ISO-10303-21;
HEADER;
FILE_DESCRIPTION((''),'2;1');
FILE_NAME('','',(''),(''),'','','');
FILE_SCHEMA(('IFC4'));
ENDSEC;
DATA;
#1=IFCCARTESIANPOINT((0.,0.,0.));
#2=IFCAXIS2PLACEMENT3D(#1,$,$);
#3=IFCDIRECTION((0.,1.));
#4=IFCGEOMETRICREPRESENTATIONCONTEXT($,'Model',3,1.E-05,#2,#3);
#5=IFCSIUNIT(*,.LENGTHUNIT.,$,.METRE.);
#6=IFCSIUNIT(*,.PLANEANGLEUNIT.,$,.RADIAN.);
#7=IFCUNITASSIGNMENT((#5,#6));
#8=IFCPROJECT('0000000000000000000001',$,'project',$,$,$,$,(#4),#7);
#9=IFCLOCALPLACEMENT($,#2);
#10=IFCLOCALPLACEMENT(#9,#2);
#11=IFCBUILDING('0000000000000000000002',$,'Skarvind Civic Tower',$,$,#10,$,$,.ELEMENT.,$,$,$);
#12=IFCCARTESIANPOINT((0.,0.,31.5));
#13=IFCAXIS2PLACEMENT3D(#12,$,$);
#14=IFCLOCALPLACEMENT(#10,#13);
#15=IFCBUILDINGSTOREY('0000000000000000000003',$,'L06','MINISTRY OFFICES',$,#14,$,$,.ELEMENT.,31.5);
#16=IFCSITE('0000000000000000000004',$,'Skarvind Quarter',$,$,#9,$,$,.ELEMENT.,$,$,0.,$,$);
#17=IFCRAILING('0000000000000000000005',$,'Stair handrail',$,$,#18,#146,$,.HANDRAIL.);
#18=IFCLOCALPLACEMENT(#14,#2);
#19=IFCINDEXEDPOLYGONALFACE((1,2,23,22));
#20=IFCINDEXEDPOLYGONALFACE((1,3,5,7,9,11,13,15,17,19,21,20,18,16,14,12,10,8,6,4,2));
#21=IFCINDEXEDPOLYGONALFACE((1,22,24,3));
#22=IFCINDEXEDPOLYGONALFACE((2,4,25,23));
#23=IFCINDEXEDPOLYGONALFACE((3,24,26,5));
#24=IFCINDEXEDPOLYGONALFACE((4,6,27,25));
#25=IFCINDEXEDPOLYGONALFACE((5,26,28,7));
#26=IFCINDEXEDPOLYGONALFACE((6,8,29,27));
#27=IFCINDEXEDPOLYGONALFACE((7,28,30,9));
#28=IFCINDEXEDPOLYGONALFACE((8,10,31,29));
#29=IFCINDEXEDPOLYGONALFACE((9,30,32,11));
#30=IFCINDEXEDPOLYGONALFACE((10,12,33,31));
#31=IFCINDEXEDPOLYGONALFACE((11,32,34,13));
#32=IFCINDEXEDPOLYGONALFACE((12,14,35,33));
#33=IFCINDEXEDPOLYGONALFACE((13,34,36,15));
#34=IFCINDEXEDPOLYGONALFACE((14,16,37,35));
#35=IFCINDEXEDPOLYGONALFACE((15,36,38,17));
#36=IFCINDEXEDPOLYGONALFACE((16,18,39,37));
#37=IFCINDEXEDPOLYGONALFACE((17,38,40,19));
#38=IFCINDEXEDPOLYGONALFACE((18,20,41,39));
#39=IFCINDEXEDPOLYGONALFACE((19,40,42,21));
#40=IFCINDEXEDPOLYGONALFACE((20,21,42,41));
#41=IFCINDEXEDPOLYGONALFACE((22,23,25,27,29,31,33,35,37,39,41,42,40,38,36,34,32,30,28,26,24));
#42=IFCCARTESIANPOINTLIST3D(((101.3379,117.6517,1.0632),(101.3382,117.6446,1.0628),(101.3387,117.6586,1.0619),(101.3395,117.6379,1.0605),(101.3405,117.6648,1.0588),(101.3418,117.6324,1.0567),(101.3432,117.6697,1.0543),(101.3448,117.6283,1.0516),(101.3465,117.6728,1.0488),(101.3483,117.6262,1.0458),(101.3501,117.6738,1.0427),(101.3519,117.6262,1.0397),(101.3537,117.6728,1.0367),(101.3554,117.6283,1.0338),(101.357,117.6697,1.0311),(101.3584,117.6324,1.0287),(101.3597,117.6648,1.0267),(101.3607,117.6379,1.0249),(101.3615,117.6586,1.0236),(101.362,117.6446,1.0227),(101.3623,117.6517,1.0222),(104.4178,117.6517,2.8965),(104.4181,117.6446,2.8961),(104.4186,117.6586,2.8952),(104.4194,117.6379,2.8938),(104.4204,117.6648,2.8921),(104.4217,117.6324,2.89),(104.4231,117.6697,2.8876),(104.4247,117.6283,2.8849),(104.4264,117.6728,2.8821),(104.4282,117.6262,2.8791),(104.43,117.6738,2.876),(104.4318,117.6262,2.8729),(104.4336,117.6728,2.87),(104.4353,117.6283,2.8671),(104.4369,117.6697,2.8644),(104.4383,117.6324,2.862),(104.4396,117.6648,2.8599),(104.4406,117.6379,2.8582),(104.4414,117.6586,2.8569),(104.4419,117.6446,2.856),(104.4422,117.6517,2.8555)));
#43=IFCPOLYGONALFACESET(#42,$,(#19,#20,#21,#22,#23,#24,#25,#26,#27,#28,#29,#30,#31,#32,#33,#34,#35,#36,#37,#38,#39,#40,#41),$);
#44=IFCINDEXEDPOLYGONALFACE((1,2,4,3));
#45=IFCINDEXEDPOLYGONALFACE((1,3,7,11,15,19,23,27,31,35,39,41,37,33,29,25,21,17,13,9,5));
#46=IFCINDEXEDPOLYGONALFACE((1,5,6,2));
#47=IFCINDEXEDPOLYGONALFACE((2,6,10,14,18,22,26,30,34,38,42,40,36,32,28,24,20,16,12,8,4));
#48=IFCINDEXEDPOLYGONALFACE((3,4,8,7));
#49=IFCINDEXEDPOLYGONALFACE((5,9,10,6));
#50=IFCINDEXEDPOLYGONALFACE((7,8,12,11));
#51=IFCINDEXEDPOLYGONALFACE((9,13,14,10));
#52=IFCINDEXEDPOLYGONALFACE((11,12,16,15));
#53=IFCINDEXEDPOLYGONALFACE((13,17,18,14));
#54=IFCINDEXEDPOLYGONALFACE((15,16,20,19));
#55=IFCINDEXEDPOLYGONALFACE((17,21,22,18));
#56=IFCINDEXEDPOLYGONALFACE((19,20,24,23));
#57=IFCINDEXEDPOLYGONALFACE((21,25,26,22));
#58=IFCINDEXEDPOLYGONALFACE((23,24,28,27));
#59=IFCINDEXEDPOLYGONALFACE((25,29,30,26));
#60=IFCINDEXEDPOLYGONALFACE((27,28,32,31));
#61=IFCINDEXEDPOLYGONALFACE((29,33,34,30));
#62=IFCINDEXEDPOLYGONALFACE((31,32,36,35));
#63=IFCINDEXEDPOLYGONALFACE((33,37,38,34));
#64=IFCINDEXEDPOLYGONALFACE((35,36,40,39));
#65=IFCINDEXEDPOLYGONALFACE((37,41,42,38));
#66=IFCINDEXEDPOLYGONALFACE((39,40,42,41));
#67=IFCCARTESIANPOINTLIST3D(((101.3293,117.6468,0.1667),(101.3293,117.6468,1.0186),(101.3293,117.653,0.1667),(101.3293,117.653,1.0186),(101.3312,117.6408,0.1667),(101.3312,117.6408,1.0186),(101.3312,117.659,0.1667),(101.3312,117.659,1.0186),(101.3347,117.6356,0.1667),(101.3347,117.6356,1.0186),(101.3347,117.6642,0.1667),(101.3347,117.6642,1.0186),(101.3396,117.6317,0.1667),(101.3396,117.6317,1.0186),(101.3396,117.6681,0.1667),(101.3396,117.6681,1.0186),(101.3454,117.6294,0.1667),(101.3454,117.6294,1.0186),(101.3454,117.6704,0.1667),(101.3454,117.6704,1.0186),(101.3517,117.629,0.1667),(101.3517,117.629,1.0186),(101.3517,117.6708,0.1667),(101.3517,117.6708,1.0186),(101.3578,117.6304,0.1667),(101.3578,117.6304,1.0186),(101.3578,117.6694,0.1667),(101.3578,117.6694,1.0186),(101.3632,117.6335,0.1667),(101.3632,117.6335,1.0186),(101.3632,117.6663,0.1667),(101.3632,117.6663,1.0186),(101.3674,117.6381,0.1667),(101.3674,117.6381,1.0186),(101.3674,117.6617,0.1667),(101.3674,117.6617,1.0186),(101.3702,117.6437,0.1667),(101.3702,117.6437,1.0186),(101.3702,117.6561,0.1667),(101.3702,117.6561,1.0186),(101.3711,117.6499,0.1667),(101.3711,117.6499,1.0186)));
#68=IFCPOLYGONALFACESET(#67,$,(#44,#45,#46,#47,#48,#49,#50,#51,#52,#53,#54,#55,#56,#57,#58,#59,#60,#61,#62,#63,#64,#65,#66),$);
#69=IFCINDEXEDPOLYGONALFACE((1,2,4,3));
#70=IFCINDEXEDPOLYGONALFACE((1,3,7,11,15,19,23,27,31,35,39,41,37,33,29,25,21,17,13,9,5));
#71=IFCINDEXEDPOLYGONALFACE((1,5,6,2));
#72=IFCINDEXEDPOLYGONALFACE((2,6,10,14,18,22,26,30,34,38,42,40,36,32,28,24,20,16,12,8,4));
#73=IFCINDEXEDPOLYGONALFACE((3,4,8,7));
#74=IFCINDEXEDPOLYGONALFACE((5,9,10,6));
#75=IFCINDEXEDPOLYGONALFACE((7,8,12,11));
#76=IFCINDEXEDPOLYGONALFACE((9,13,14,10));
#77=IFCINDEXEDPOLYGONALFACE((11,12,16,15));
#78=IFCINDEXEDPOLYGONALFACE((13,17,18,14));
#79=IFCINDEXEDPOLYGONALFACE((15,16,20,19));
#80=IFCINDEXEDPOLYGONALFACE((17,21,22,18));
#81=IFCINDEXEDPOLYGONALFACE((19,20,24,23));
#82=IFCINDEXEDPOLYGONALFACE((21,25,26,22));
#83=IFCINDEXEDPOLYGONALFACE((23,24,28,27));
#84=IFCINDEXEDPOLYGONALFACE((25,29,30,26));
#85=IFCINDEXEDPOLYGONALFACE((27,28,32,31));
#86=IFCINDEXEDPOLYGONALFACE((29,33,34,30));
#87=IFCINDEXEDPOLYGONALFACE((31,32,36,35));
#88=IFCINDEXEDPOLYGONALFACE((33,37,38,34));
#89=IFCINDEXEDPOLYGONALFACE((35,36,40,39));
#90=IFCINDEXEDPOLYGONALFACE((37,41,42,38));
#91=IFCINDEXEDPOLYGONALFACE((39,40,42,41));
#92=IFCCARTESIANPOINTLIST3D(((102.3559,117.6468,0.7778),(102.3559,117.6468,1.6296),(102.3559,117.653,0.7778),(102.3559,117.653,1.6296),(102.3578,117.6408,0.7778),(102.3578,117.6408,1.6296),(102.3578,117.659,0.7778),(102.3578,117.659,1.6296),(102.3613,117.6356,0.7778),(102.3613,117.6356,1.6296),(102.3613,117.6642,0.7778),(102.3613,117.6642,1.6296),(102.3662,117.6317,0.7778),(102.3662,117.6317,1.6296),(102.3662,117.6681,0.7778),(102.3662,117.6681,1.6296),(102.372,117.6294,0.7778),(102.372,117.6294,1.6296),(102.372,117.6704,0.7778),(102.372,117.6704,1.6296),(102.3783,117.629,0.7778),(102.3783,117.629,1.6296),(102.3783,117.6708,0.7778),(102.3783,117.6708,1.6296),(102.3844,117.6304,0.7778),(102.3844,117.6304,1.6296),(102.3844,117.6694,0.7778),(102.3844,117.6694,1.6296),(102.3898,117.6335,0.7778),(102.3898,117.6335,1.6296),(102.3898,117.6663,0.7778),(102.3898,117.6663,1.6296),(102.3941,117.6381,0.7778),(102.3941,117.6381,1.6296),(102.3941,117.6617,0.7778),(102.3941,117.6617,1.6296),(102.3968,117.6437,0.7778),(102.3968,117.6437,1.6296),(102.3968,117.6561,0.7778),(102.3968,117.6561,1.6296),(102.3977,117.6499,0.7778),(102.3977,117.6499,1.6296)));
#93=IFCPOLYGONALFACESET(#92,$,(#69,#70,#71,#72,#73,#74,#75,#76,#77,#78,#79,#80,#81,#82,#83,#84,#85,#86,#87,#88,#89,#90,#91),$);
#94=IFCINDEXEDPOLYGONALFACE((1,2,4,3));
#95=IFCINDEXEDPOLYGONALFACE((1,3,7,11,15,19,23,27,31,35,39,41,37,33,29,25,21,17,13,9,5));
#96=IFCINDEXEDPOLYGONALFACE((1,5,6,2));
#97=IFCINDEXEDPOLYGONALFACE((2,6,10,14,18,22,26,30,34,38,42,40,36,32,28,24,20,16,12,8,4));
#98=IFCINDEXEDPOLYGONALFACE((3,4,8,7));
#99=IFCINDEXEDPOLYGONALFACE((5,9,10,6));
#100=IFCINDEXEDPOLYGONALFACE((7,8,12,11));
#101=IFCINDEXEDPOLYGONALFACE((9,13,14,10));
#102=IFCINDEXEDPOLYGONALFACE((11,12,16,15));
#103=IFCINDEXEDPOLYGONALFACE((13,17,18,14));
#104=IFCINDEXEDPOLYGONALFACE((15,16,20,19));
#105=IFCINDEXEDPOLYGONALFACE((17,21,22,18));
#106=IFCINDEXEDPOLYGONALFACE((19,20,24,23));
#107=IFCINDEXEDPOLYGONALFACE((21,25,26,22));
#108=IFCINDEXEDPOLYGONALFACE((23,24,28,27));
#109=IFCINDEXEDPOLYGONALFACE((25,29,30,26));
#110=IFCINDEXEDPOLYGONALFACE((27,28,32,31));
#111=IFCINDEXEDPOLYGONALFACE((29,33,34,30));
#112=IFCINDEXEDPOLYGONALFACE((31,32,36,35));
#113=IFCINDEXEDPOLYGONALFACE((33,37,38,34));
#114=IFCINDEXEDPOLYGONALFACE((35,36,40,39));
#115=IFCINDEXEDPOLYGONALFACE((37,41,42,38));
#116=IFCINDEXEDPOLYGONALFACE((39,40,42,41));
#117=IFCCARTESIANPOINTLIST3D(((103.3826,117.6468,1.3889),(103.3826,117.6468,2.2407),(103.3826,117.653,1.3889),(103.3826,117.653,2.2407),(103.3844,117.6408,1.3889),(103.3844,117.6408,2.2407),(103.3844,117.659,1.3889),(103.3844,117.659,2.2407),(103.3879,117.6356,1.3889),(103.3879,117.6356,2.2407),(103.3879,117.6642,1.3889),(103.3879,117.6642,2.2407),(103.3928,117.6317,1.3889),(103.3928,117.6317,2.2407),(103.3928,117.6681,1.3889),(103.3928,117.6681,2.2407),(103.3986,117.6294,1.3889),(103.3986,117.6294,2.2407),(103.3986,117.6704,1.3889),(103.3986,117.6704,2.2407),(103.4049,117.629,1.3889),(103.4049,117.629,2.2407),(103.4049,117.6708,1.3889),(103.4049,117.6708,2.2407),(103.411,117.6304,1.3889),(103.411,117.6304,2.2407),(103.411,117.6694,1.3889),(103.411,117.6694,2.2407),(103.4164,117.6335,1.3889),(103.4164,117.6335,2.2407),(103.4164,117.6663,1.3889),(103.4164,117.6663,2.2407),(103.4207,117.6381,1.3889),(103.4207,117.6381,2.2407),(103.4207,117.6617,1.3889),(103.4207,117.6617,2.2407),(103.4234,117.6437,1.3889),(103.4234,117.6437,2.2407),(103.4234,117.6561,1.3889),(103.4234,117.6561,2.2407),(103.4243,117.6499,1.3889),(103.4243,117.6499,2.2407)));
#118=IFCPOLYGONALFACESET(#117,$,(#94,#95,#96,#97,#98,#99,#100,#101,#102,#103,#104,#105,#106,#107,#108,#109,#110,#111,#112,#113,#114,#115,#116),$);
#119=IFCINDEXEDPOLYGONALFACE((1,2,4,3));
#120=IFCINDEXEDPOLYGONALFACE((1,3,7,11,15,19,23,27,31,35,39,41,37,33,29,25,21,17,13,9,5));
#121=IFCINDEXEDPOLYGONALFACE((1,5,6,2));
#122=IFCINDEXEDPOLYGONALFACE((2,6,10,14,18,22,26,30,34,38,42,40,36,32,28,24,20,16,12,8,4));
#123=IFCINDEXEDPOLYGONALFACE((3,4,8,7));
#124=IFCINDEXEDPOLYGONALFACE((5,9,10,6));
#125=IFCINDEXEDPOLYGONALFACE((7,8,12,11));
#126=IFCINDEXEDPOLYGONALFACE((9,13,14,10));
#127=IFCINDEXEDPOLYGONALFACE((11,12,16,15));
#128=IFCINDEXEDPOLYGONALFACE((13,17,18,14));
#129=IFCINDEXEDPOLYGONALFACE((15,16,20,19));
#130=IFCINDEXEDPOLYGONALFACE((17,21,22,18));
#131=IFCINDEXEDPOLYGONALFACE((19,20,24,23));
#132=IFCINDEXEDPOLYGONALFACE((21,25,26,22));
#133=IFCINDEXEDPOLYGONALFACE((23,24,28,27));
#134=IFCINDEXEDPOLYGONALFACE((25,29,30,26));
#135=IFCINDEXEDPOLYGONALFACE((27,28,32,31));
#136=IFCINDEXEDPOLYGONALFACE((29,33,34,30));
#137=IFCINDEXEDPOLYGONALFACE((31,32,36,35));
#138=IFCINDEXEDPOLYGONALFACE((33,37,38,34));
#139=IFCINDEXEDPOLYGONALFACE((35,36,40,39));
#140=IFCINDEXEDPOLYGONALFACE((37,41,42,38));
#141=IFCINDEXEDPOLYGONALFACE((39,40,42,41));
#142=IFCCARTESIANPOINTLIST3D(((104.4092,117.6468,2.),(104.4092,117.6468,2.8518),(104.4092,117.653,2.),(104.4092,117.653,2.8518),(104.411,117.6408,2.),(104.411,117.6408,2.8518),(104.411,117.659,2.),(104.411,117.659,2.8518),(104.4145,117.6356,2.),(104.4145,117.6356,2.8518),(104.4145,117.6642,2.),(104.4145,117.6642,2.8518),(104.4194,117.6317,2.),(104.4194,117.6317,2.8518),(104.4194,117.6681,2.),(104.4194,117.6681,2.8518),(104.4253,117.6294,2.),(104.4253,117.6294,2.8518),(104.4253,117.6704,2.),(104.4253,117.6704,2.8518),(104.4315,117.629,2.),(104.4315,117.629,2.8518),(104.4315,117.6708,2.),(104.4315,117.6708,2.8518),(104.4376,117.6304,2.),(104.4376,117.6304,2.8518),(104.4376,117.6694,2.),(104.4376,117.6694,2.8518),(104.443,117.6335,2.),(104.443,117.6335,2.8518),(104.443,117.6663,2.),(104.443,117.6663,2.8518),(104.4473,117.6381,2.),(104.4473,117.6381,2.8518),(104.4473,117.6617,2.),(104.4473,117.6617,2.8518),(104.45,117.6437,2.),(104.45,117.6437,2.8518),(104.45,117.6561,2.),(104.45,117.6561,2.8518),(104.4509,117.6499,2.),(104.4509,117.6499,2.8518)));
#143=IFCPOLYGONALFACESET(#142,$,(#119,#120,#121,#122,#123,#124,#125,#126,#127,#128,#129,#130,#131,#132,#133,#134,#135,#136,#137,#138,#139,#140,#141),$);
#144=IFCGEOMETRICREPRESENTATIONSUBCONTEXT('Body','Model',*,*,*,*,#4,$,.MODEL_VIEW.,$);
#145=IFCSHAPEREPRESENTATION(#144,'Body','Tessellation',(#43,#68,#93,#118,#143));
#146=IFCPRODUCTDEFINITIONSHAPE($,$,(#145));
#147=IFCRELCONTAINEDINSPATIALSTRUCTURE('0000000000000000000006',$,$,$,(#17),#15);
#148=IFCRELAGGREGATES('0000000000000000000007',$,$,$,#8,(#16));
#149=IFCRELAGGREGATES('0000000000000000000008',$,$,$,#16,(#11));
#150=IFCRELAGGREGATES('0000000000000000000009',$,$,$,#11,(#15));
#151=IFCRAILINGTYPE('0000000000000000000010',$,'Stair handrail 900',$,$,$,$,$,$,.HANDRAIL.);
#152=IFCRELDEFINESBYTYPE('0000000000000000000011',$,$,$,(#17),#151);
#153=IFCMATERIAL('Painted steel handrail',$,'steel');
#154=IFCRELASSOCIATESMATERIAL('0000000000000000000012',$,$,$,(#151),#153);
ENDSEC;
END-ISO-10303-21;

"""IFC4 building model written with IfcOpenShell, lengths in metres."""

from ifc_helpers import new_model, si_unit, direction, frame, origin, origin_2d, place, context, subcontext, project, spatial, circle, extrude, material, type_object, element, save


model = new_model("IFC4")

# Units and contexts
model_context = context("Model", 3, precision=1e-05, world=origin(), true_north=direction((0.0, 1.0)))
body_context = subcontext(model_context, "Body", "Model", "MODEL_VIEW")
ifc_project = project(units=[si_unit("LENGTHUNIT", "METRE"), si_unit("PLANEANGLEUNIT", "RADIAN")], contexts=[model_context])

# Site, building, storey
site_placement = place(None, origin())
site = spatial("IfcSite", under=ifc_project, at=site_placement, Name="Skarvind Quarter", CompositionType="ELEMENT", RefElevation=0.0)
building_placement = place(site_placement, origin())
building = spatial("IfcBuilding", under=site, at=building_placement, Name="Skarvind Civic Tower", CompositionType="ELEMENT")
storey_placement = place(building_placement, frame((0.0, 0.0, 31.5)))
storey = spatial("IfcBuildingStorey", under=building, at=storey_placement, Name="L06", Description="MINISTRY OFFICES", CompositionType="ELEMENT", Elevation=31.5)

# Railing
ifc_material_1 = material(Name="Painted steel handrail", Category="steel")
railing_type = type_object("IfcRailingType", Name="Stair handrail 900", PredefinedType="HANDRAIL", material=ifc_material_1)
railing_placement = place(storey_placement, frame((101.3501, 117.6499, 0.1667)))
element("IfcRailing", 1, at=railing_placement, inside=storey, type_object=railing_type, Name="Stair handrail", PredefinedType="HANDRAIL", context=body_context, shape_type="SweptSolid", body=[
    extrude(circle(Radius=0.0239, at=origin_2d()), frame((0.0, 0.0, 0.876), z_axis=(0.859291, 0.0, 0.511487), x_axis=(0.0, 1.0, 0.0)), (0.0, 0.0, 1.0), 3.5842),
    extrude(circle(Radius=0.021, at=origin_2d()), origin(), (0.0, 0.0, 1.0), 0.8518),
    extrude(circle(Radius=0.021, at=origin_2d()), frame((1.0266, 0.0, 0.6111)), (0.0, 0.0, 1.0), 0.8518),
    extrude(circle(Radius=0.021, at=origin_2d()), frame((2.0532, 0.0, 1.2222)), (0.0, 0.0, 1.0), 0.8518),
    extrude(circle(Radius=0.021, at=origin_2d()), frame((3.0798, 0.0, 1.8333)), (0.0, 0.0, 1.0), 0.8518),
])

save(model, "model.ifc")
